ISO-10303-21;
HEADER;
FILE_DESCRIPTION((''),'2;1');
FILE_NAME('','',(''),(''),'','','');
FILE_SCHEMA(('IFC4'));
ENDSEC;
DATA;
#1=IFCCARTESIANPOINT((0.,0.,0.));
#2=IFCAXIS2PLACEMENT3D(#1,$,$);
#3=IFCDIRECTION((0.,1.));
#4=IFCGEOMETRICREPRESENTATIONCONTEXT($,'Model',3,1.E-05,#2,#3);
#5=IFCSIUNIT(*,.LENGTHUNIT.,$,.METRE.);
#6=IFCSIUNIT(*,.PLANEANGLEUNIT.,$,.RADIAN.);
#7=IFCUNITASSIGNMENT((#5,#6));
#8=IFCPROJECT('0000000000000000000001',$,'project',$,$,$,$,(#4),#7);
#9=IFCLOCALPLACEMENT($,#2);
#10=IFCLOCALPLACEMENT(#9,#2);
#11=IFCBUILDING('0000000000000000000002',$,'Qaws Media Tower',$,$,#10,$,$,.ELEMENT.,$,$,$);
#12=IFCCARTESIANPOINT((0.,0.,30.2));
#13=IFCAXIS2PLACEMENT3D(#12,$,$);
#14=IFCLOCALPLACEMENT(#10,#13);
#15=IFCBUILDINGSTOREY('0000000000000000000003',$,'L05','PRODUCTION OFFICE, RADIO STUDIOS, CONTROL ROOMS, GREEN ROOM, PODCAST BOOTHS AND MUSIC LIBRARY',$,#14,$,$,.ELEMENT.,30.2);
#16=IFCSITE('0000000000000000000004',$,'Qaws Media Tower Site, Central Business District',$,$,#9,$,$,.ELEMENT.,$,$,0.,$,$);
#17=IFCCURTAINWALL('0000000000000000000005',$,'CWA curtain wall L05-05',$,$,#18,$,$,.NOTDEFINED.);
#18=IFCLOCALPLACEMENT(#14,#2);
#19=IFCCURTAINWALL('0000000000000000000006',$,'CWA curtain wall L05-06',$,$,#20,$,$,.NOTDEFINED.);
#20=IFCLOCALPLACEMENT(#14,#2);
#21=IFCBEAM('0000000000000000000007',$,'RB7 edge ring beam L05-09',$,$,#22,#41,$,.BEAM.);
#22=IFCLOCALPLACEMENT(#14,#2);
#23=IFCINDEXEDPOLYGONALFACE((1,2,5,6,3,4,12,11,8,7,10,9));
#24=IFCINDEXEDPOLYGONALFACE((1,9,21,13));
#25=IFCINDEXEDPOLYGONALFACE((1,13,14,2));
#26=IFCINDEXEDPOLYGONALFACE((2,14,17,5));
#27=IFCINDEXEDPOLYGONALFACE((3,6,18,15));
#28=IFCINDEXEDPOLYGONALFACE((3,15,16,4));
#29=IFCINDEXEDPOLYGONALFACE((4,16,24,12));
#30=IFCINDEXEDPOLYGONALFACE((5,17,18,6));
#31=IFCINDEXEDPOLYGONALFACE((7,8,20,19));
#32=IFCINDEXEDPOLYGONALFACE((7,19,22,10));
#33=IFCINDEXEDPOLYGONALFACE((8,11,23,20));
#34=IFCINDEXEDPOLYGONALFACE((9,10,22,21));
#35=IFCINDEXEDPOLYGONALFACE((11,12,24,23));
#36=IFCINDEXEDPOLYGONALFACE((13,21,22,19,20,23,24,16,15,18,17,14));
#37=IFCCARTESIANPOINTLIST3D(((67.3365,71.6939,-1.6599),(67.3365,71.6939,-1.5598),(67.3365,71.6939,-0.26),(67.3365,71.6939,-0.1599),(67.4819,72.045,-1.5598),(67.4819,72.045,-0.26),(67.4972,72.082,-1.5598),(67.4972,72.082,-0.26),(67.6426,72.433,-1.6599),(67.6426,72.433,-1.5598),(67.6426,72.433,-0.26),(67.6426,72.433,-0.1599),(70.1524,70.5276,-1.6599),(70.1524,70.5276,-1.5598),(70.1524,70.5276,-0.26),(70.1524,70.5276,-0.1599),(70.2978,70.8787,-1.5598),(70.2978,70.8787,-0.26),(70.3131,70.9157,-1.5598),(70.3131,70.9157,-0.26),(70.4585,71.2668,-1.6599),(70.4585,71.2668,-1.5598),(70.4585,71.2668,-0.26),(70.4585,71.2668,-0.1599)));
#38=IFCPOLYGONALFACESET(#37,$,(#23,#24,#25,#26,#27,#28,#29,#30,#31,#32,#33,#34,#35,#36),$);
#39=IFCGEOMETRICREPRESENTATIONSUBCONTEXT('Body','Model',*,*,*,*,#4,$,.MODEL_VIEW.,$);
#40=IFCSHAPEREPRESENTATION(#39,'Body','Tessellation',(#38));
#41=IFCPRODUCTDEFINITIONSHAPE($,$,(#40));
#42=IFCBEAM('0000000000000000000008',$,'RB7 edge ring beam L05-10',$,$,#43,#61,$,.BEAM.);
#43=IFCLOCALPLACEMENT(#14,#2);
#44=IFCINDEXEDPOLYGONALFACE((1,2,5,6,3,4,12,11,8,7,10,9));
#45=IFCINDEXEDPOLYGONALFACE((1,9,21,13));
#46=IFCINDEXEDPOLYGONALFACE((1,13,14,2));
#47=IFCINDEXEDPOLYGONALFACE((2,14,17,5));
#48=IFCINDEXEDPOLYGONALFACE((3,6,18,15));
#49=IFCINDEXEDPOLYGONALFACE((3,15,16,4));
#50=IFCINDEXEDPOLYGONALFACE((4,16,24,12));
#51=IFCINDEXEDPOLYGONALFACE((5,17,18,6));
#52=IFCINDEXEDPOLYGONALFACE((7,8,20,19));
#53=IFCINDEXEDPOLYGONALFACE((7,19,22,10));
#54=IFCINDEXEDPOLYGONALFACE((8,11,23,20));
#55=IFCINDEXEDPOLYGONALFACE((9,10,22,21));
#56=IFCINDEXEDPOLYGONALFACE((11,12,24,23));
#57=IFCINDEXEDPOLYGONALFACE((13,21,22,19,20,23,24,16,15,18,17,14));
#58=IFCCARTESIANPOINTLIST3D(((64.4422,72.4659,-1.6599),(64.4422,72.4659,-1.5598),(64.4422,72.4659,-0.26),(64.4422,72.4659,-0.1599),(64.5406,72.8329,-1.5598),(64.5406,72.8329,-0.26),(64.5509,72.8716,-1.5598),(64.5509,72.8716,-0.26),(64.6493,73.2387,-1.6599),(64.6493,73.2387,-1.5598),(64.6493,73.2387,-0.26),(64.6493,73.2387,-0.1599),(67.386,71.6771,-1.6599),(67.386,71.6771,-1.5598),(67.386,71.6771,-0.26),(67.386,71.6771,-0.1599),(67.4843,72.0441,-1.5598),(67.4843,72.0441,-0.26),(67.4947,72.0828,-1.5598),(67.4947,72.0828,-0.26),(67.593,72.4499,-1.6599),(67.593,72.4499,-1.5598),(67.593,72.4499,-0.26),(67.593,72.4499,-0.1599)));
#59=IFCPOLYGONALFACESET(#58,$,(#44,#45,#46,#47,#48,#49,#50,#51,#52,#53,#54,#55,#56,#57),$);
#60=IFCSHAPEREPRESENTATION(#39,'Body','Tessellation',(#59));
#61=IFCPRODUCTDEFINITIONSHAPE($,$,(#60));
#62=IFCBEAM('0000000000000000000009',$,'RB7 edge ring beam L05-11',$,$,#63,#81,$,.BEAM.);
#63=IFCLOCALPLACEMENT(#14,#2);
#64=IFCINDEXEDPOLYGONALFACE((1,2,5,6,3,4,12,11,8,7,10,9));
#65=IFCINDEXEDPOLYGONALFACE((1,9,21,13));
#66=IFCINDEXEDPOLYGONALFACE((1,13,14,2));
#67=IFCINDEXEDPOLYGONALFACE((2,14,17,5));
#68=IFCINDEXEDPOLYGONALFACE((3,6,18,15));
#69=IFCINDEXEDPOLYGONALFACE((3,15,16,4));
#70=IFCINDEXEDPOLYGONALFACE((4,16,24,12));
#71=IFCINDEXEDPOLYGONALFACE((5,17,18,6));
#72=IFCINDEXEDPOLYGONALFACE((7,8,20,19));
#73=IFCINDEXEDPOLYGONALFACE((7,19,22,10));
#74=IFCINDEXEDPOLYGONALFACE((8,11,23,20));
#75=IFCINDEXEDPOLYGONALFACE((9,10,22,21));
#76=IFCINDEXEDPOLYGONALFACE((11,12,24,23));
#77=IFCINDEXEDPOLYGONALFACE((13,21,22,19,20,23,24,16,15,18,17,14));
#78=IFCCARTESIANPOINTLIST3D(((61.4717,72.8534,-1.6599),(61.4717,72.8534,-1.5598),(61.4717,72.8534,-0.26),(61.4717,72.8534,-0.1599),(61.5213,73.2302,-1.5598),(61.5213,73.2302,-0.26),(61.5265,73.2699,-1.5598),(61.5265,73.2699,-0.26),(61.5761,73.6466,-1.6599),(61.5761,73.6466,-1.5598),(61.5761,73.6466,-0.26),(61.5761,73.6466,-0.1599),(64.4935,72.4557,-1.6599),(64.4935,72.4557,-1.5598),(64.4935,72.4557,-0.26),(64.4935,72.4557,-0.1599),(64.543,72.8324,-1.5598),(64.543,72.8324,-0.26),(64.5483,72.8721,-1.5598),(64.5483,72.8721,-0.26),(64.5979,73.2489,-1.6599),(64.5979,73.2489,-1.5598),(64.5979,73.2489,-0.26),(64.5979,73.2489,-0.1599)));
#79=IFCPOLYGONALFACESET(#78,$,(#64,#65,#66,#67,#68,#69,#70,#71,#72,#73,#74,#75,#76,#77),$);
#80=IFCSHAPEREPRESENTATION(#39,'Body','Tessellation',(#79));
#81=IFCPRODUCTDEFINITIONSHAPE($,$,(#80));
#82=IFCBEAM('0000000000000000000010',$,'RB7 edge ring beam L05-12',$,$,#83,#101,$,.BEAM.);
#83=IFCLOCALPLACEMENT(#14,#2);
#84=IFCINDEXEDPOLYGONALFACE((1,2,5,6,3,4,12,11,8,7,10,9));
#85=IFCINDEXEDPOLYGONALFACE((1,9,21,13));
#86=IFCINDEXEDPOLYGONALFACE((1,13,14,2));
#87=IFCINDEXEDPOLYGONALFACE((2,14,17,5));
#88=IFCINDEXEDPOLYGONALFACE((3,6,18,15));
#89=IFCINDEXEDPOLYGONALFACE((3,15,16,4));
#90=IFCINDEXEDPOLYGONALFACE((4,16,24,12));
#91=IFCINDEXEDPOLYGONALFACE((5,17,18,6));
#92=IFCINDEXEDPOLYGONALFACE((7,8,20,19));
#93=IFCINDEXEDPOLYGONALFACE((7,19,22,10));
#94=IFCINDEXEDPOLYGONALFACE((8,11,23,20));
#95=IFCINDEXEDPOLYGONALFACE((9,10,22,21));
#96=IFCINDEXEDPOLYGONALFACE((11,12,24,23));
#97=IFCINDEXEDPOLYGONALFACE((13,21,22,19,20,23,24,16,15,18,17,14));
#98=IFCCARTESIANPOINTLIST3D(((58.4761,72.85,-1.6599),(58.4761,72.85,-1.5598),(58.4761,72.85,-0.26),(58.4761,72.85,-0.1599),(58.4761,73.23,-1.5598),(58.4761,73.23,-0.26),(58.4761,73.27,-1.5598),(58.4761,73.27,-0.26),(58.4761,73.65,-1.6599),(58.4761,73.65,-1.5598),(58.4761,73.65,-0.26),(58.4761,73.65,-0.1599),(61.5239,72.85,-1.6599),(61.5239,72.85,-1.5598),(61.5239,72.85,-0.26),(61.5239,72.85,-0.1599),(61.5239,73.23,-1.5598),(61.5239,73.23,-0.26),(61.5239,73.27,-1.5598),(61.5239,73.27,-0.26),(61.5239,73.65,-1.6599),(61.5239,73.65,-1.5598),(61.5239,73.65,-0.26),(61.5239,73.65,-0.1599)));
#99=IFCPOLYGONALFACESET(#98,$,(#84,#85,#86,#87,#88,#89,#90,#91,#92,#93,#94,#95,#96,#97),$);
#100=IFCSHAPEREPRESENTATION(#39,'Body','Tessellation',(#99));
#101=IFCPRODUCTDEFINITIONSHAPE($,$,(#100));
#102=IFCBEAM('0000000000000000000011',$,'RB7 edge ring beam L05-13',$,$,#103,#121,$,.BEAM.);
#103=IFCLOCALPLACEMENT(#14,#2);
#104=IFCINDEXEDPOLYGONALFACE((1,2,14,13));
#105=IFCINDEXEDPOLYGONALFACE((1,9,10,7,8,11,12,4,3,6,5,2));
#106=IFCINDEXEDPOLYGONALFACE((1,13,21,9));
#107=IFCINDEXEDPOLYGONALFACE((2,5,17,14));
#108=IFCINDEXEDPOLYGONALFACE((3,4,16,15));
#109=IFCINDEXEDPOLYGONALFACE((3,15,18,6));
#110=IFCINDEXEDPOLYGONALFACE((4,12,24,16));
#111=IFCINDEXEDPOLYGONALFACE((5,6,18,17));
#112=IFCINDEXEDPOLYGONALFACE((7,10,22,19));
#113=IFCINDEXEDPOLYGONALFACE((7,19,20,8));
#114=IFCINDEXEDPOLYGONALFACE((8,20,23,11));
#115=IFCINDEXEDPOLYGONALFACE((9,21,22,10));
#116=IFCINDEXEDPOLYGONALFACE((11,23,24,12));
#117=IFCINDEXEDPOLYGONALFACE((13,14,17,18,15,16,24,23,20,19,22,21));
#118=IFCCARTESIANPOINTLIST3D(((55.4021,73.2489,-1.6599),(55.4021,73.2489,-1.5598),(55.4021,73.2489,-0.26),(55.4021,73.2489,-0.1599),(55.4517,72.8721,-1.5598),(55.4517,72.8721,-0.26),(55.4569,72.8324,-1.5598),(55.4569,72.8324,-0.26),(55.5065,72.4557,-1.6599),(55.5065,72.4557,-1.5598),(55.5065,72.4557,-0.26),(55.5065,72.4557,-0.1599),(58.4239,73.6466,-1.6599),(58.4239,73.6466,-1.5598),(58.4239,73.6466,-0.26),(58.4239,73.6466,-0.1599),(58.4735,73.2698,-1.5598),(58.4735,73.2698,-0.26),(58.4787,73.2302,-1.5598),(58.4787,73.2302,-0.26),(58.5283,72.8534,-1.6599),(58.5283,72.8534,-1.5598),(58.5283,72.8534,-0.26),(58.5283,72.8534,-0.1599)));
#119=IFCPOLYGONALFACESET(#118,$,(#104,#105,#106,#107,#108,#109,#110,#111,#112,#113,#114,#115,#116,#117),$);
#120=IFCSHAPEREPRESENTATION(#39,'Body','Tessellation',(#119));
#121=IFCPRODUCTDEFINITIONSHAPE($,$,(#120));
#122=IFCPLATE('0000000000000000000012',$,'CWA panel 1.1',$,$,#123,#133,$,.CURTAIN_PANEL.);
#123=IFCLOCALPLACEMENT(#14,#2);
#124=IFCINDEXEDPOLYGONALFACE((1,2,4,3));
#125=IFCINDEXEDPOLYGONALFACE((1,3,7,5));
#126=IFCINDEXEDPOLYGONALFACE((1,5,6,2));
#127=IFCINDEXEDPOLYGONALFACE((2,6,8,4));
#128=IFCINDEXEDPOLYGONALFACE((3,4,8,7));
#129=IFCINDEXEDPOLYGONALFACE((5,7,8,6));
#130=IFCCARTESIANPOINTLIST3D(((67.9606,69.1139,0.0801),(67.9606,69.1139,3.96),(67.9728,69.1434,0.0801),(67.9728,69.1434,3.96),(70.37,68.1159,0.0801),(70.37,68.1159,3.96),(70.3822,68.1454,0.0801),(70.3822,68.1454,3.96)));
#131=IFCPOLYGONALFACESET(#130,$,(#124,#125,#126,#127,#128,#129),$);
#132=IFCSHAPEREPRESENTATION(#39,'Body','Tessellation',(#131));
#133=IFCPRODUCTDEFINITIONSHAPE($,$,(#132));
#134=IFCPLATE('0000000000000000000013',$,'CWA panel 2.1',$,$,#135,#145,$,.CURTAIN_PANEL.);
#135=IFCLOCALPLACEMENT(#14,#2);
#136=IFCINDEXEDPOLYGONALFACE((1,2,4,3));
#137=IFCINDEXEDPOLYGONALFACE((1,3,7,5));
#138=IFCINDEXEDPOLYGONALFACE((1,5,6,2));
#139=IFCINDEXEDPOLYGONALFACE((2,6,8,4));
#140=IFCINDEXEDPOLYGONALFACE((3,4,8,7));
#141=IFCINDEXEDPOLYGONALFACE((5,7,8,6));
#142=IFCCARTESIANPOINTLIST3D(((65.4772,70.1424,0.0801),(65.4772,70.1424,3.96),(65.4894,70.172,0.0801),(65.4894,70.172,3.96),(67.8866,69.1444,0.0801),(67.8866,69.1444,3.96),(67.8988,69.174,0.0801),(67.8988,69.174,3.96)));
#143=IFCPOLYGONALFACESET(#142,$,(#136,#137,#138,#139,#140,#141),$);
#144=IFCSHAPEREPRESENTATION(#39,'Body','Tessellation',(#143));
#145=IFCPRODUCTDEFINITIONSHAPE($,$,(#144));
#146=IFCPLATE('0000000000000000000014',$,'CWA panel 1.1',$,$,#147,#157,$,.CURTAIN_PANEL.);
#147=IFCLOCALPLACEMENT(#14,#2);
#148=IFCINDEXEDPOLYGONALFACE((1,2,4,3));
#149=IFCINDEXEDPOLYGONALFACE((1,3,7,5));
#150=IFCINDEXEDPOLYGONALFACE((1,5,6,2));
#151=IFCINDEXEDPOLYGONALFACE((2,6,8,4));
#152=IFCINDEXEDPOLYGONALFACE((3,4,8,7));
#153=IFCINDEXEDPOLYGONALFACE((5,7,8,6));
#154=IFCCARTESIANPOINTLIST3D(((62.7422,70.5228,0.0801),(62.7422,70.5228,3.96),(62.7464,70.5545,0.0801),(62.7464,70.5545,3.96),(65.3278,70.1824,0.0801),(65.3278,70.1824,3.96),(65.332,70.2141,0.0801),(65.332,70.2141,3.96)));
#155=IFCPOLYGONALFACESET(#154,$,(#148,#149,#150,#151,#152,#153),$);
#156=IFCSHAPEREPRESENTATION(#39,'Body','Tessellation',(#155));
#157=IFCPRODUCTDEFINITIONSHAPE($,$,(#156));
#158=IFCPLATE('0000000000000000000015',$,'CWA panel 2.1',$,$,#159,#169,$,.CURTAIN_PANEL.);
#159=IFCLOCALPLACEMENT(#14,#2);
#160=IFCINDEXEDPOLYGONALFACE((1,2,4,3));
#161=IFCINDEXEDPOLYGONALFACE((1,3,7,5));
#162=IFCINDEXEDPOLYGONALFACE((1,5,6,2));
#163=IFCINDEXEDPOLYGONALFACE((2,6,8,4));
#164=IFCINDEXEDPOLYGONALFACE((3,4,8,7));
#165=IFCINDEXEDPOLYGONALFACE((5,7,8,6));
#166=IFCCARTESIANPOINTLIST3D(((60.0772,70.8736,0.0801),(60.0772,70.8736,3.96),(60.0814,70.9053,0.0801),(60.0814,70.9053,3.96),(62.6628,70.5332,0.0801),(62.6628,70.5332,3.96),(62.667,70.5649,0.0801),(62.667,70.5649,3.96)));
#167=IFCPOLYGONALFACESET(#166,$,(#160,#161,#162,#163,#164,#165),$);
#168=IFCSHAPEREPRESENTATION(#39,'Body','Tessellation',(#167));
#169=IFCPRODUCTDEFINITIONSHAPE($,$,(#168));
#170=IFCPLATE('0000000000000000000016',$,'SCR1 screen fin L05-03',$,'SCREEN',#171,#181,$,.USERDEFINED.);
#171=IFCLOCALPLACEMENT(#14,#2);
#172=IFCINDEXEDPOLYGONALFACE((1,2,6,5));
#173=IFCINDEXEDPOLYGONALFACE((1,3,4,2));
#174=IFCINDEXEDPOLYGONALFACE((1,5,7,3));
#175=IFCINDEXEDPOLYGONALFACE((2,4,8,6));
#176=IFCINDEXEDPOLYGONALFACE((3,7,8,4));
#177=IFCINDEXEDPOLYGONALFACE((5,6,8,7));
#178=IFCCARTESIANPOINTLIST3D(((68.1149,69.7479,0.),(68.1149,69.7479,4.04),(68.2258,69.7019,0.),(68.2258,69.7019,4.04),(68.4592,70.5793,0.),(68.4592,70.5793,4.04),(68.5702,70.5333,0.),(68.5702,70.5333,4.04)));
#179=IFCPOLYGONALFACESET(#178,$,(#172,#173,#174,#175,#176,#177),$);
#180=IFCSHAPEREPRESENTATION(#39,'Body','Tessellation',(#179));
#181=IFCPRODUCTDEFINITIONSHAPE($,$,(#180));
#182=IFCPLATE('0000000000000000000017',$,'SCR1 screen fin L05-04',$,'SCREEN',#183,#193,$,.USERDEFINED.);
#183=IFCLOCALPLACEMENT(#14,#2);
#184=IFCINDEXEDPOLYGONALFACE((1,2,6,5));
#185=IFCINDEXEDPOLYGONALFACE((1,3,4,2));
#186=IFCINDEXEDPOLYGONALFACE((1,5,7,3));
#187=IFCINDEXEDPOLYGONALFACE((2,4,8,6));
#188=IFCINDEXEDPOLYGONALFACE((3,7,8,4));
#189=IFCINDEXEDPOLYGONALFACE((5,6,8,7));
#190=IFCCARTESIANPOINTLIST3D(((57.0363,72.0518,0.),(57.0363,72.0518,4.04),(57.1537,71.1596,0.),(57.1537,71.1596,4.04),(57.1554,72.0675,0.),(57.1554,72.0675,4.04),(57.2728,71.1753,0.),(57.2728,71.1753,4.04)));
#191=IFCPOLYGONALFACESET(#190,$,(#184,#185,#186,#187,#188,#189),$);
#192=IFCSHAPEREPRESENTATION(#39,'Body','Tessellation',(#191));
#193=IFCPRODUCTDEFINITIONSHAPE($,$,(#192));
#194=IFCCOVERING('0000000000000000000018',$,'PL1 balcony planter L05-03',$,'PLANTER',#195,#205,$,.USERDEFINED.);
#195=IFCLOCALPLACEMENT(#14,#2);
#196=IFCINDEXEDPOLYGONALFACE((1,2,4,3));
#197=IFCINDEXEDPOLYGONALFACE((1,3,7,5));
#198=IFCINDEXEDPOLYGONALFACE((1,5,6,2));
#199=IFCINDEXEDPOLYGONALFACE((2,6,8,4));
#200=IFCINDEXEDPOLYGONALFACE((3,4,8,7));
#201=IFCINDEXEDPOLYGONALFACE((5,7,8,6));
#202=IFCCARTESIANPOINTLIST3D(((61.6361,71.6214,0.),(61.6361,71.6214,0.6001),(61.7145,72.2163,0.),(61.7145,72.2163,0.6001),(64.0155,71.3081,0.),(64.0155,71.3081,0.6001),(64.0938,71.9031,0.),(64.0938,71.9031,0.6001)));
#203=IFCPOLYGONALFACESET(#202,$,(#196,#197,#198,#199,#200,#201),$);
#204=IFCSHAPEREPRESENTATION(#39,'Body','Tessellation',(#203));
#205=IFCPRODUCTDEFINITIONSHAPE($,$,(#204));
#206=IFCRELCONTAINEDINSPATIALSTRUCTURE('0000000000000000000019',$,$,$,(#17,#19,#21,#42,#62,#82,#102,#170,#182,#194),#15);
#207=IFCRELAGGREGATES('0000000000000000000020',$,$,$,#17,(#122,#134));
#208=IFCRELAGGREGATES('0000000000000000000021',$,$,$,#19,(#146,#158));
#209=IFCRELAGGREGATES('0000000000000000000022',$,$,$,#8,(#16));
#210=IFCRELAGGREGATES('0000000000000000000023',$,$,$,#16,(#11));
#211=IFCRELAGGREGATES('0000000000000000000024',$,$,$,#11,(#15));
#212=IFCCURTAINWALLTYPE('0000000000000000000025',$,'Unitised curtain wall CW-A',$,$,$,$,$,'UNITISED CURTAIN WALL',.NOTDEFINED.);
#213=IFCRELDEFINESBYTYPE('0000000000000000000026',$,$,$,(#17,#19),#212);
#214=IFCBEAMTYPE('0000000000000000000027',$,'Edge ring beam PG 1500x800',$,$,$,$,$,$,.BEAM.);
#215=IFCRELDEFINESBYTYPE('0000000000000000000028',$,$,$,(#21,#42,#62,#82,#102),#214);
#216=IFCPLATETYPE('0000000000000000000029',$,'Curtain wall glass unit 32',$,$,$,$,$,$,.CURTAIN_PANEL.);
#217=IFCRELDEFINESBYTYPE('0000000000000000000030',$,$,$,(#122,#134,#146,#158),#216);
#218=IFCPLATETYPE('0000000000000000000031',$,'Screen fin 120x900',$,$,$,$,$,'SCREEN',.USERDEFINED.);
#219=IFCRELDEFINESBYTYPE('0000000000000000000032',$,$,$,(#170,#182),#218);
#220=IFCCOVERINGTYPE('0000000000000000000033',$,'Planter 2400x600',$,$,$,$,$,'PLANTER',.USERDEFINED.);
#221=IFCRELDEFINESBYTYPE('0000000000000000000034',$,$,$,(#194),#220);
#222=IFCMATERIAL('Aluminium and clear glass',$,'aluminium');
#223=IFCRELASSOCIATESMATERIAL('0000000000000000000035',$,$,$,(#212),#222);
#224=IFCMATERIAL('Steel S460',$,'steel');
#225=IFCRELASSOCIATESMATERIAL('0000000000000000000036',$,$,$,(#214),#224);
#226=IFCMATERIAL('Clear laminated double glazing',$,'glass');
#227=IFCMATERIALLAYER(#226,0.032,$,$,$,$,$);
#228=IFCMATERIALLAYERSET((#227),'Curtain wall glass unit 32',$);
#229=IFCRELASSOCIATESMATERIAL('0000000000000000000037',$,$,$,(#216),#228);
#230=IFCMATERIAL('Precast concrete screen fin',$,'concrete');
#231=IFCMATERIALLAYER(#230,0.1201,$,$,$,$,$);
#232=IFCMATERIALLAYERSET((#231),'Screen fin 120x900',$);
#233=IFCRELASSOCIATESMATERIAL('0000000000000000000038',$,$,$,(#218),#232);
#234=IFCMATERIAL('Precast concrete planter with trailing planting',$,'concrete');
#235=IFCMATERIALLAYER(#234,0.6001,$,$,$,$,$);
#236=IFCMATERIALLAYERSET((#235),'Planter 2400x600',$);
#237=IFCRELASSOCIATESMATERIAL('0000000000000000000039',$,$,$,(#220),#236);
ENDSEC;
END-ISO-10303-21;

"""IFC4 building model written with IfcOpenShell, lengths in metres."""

from ifc_helpers import new_model, si_unit, direction, frame, origin, origin_2d, place, context, subcontext, project, spatial, rectangle, i_section, extrude, material, layer, layer_set, material_profile, profile_set, type_object, element, aggregate, save


model = new_model("IFC4")

# Units and contexts
model_context = context("Model", 3, precision=1e-05, world=origin(), true_north=direction((0.0, 1.0)))
body_context = subcontext(model_context, "Body", "Model", "MODEL_VIEW")
ifc_project = project(units=[si_unit("LENGTHUNIT", "METRE"), si_unit("PLANEANGLEUNIT", "RADIAN")], contexts=[model_context])

# Site, building, storey
site_placement = place(None, origin())
site = spatial("IfcSite", under=ifc_project, at=site_placement, Name="Qaws Media Tower Site, Central Business District", CompositionType="ELEMENT", RefElevation=0.0)
building_placement = place(site_placement, origin())
building = spatial("IfcBuilding", under=site, at=building_placement, Name="Qaws Media Tower", CompositionType="ELEMENT")
storey_placement = place(building_placement, frame((0.0, 0.0, 30.2)))
storey = spatial("IfcBuildingStorey", under=building, at=storey_placement, Name="L05", Description="PRODUCTION OFFICE, RADIO STUDIOS, CONTROL ROOMS, GREEN ROOM, PODCAST BOOTHS AND MUSIC LIBRARY", CompositionType="ELEMENT", Elevation=30.2)

# Curtain walls
ifc_material_1 = material(Name="Aluminium and clear glass", Category="aluminium")
curtain_wall_type = type_object("IfcCurtainWallType", Name="Unitised curtain wall CW-A", ElementType="UNITISED CURTAIN WALL", PredefinedType="NOTDEFINED", material=ifc_material_1)
curtain_wall_1_placement = place(storey_placement, origin())
curtain_wall_1 = element("IfcCurtainWall", 1, at=curtain_wall_1_placement, inside=storey, type_object=curtain_wall_type, Name="CWA curtain wall L05-05", PredefinedType="NOTDEFINED")
curtain_wall_2_placement = place(storey_placement, origin())
curtain_wall_2 = element("IfcCurtainWall", 2, at=curtain_wall_2_placement, inside=storey, type_object=curtain_wall_type, Name="CWA curtain wall L05-06", PredefinedType="NOTDEFINED")

# Beams
ifc_material_2 = material(Name="Steel S460", Category="steel")
ifc_material_profile_1 = material_profile(ifc_material_2, i_section(OverallWidth=0.8, OverallDepth=1.5, WebThickness=0.04, FlangeThickness=0.1001, at=origin_2d()), Name="PG 1500x800")
ifc_profile_set_1 = profile_set([ifc_material_profile_1], Name="Steel S460")
beam_type = type_object("IfcBeamType", Name="Edge ring beam PG 1500x800", PredefinedType="BEAM", material=ifc_profile_set_1)
beam_1_placement = place(storey_placement, frame((70.3054, 70.8972, -0.9099), z_axis=(-0.923895, 0.382647, 0.0), x_axis=(-0.382647, -0.923895, 0.0)))
element("IfcBeam", 3, at=beam_1_placement, inside=storey, type_object=beam_type, Name="RB7 edge ring beam L05-09", PredefinedType="BEAM", context=body_context, shape_type="SweptSolid", body=[
    extrude(i_section(OverallWidth=0.8, OverallDepth=1.5, WebThickness=0.04, FlangeThickness=0.1001, at=origin_2d()), origin(), (0.0, 0.0, 1.0), 3.0479),
])
beam_2_placement = place(storey_placement, frame((67.4895, 72.0635, -0.9099), z_axis=(-0.965924, 0.258824, 0.0), x_axis=(-0.258824, -0.965924, 0.0)))
element("IfcBeam", 4, at=beam_2_placement, inside=storey, type_object=beam_type, Name="RB7 edge ring beam L05-10", PredefinedType="BEAM", context=body_context, shape_type="SweptSolid", body=[
    extrude(i_section(OverallWidth=0.8, OverallDepth=1.5, WebThickness=0.04, FlangeThickness=0.1001, at=origin_2d()), origin(), (0.0, 0.0, 1.0), 3.0476),
])
for number, where, z_axis, x_axis, name in (
    (5, (64.5457, 72.8523, -0.9099), (-0.99145, 0.13049, 0.0), (-0.13049, -0.99145, 0.0), "RB7 edge ring beam L05-11"),
    (6, (61.5239, 73.25, -0.9099), (-1.0, 0.0, 0.0), (0.0, -1.0, 0.0), "RB7 edge ring beam L05-12"),
    (7, (58.4761, 73.25, -0.9099), (-0.99145, -0.13049, 0.0), (0.13049, -0.99145, 0.0), "RB7 edge ring beam L05-13"),
):
    element("IfcBeam", number, at=place(storey_placement, frame(where, z_axis=z_axis, x_axis=x_axis)), inside=storey, type_object=beam_type, Name=name, PredefinedType="BEAM", context=body_context, shape_type="SweptSolid", body=[
        extrude(i_section(OverallWidth=0.8, OverallDepth=1.5, WebThickness=0.04, FlangeThickness=0.1001, at=origin_2d()), origin(), (0.0, 0.0, 1.0), 3.0479),
    ])

# Plates
ifc_material_3 = material(Name="Clear laminated double glazing", Category="glass")
ifc_layer_1 = layer(ifc_material_3, 0.032)
ifc_layer_set_1 = layer_set([ifc_layer_1], Name="Curtain wall glass unit 32")
plate_type_1 = type_object("IfcPlateType", Name="Curtain wall glass unit 32", PredefinedType="CURTAIN_PANEL", material=ifc_layer_set_1)
plate_1_placement = place(storey_placement, frame((69.1714, 68.6296, 0.0801), z_axis=(0.0, 0.0, 1.0), x_axis=(-0.92388, 0.382683, 0.0)))
plate_1 = element("IfcPlate", 8, at=plate_1_placement, type_object=plate_type_1, Name="CWA panel 1.1", PredefinedType="CURTAIN_PANEL", context=body_context, shape_type="SweptSolid", body=[
    extrude(rectangle(XDim=2.6079, YDim=0.032, at=origin_2d()), origin(), (0.0, 0.0, 1.0), 3.8799),
])
plate_2_placement = place(storey_placement, frame((66.688, 69.6582, 0.0801), z_axis=(0.0, 0.0, 1.0), x_axis=(-0.92388, 0.382683, 0.0)))
plate_2 = element("IfcPlate", 9, at=plate_2_placement, type_object=plate_type_1, Name="CWA panel 2.1", PredefinedType="CURTAIN_PANEL", context=body_context, shape_type="SweptSolid", body=[
    extrude(rectangle(XDim=2.6079, YDim=0.032, at=origin_2d()), origin(), (0.0, 0.0, 1.0), 3.8799),
])
aggregate(curtain_wall_1, [plate_1, plate_2])
plate_3_placement = place(storey_placement, frame((64.0371, 70.3684, 0.0801), z_axis=(0.0, 0.0, 1.0), x_axis=(-0.991445, 0.130526, 0.0)))
plate_3 = element("IfcPlate", 10, at=plate_3_placement, type_object=plate_type_1, Name="CWA panel 1.1", PredefinedType="CURTAIN_PANEL", context=body_context, shape_type="SweptSolid", body=[
    extrude(rectangle(XDim=2.6079, YDim=0.032, at=origin_2d()), origin(), (0.0, 0.0, 1.0), 3.8799),
])
plate_4_placement = place(storey_placement, frame((61.3721, 70.7192, 0.0801), z_axis=(0.0, 0.0, 1.0), x_axis=(-0.991445, 0.130526, 0.0)))
plate_4 = element("IfcPlate", 11, at=plate_4_placement, type_object=plate_type_1, Name="CWA panel 2.1", PredefinedType="CURTAIN_PANEL", context=body_context, shape_type="SweptSolid", body=[
    extrude(rectangle(XDim=2.6079, YDim=0.032, at=origin_2d()), origin(), (0.0, 0.0, 1.0), 3.8799),
])
aggregate(curtain_wall_2, [plate_3, plate_4])

# Plates
ifc_material_4 = material(Name="Precast concrete screen fin", Category="concrete")
ifc_layer_2 = layer(ifc_material_4, 0.1201)
ifc_layer_set_2 = layer_set([ifc_layer_2], Name="Screen fin 120x900")
plate_type_2 = type_object("IfcPlateType", Name="Screen fin 120x900", ElementType="SCREEN", PredefinedType="USERDEFINED", material=ifc_layer_set_2)
for number, where, z_axis, x_axis, name in (
    (12, (68.3425, 70.1406, 0.0), (0.0, 0.0, 1.0), (0.382683, 0.92388, 0.0), "SCR1 screen fin L05-03"),
    (13, (57.1545, 71.6135, 0.0), (0.0, 0.0, 1.0), (-0.130526, 0.991445, 0.0), "SCR1 screen fin L05-04"),
):
    element("IfcPlate", number, at=place(storey_placement, frame(where, z_axis=z_axis, x_axis=x_axis)), inside=storey, type_object=plate_type_2, Name=name, ObjectType="SCREEN", PredefinedType="USERDEFINED", context=body_context, shape_type="SweptSolid", body=[
        extrude(rectangle(XDim=0.8999, YDim=0.1201, at=origin_2d()), origin(), (0.0, 0.0, 1.0), 4.04),
    ])

# Covering
ifc_material_5 = material(Name="Precast concrete planter with trailing planting", Category="concrete")
ifc_layer_3 = layer(ifc_material_5, 0.6001)
ifc_layer_set_3 = layer_set([ifc_layer_3], Name="Planter 2400x600")
covering_type = type_object("IfcCoveringType", Name="Planter 2400x600", ElementType="PLANTER", PredefinedType="USERDEFINED", material=ifc_layer_set_3)
covering_placement = place(storey_placement, frame((62.865, 71.7622, 0.0), z_axis=(0.0, 0.0, 1.0), x_axis=(-0.991445, 0.130526, 0.0)))
element("IfcCovering", 14, at=covering_placement, inside=storey, type_object=covering_type, Name="PL1 balcony planter L05-03", ObjectType="PLANTER", PredefinedType="USERDEFINED", context=body_context, shape_type="SweptSolid", body=[
    extrude(rectangle(XDim=2.3999, YDim=0.6001, at=origin_2d()), origin(), (0.0, 0.0, 1.0), 0.6001),
])

save(model, "model.ifc")
